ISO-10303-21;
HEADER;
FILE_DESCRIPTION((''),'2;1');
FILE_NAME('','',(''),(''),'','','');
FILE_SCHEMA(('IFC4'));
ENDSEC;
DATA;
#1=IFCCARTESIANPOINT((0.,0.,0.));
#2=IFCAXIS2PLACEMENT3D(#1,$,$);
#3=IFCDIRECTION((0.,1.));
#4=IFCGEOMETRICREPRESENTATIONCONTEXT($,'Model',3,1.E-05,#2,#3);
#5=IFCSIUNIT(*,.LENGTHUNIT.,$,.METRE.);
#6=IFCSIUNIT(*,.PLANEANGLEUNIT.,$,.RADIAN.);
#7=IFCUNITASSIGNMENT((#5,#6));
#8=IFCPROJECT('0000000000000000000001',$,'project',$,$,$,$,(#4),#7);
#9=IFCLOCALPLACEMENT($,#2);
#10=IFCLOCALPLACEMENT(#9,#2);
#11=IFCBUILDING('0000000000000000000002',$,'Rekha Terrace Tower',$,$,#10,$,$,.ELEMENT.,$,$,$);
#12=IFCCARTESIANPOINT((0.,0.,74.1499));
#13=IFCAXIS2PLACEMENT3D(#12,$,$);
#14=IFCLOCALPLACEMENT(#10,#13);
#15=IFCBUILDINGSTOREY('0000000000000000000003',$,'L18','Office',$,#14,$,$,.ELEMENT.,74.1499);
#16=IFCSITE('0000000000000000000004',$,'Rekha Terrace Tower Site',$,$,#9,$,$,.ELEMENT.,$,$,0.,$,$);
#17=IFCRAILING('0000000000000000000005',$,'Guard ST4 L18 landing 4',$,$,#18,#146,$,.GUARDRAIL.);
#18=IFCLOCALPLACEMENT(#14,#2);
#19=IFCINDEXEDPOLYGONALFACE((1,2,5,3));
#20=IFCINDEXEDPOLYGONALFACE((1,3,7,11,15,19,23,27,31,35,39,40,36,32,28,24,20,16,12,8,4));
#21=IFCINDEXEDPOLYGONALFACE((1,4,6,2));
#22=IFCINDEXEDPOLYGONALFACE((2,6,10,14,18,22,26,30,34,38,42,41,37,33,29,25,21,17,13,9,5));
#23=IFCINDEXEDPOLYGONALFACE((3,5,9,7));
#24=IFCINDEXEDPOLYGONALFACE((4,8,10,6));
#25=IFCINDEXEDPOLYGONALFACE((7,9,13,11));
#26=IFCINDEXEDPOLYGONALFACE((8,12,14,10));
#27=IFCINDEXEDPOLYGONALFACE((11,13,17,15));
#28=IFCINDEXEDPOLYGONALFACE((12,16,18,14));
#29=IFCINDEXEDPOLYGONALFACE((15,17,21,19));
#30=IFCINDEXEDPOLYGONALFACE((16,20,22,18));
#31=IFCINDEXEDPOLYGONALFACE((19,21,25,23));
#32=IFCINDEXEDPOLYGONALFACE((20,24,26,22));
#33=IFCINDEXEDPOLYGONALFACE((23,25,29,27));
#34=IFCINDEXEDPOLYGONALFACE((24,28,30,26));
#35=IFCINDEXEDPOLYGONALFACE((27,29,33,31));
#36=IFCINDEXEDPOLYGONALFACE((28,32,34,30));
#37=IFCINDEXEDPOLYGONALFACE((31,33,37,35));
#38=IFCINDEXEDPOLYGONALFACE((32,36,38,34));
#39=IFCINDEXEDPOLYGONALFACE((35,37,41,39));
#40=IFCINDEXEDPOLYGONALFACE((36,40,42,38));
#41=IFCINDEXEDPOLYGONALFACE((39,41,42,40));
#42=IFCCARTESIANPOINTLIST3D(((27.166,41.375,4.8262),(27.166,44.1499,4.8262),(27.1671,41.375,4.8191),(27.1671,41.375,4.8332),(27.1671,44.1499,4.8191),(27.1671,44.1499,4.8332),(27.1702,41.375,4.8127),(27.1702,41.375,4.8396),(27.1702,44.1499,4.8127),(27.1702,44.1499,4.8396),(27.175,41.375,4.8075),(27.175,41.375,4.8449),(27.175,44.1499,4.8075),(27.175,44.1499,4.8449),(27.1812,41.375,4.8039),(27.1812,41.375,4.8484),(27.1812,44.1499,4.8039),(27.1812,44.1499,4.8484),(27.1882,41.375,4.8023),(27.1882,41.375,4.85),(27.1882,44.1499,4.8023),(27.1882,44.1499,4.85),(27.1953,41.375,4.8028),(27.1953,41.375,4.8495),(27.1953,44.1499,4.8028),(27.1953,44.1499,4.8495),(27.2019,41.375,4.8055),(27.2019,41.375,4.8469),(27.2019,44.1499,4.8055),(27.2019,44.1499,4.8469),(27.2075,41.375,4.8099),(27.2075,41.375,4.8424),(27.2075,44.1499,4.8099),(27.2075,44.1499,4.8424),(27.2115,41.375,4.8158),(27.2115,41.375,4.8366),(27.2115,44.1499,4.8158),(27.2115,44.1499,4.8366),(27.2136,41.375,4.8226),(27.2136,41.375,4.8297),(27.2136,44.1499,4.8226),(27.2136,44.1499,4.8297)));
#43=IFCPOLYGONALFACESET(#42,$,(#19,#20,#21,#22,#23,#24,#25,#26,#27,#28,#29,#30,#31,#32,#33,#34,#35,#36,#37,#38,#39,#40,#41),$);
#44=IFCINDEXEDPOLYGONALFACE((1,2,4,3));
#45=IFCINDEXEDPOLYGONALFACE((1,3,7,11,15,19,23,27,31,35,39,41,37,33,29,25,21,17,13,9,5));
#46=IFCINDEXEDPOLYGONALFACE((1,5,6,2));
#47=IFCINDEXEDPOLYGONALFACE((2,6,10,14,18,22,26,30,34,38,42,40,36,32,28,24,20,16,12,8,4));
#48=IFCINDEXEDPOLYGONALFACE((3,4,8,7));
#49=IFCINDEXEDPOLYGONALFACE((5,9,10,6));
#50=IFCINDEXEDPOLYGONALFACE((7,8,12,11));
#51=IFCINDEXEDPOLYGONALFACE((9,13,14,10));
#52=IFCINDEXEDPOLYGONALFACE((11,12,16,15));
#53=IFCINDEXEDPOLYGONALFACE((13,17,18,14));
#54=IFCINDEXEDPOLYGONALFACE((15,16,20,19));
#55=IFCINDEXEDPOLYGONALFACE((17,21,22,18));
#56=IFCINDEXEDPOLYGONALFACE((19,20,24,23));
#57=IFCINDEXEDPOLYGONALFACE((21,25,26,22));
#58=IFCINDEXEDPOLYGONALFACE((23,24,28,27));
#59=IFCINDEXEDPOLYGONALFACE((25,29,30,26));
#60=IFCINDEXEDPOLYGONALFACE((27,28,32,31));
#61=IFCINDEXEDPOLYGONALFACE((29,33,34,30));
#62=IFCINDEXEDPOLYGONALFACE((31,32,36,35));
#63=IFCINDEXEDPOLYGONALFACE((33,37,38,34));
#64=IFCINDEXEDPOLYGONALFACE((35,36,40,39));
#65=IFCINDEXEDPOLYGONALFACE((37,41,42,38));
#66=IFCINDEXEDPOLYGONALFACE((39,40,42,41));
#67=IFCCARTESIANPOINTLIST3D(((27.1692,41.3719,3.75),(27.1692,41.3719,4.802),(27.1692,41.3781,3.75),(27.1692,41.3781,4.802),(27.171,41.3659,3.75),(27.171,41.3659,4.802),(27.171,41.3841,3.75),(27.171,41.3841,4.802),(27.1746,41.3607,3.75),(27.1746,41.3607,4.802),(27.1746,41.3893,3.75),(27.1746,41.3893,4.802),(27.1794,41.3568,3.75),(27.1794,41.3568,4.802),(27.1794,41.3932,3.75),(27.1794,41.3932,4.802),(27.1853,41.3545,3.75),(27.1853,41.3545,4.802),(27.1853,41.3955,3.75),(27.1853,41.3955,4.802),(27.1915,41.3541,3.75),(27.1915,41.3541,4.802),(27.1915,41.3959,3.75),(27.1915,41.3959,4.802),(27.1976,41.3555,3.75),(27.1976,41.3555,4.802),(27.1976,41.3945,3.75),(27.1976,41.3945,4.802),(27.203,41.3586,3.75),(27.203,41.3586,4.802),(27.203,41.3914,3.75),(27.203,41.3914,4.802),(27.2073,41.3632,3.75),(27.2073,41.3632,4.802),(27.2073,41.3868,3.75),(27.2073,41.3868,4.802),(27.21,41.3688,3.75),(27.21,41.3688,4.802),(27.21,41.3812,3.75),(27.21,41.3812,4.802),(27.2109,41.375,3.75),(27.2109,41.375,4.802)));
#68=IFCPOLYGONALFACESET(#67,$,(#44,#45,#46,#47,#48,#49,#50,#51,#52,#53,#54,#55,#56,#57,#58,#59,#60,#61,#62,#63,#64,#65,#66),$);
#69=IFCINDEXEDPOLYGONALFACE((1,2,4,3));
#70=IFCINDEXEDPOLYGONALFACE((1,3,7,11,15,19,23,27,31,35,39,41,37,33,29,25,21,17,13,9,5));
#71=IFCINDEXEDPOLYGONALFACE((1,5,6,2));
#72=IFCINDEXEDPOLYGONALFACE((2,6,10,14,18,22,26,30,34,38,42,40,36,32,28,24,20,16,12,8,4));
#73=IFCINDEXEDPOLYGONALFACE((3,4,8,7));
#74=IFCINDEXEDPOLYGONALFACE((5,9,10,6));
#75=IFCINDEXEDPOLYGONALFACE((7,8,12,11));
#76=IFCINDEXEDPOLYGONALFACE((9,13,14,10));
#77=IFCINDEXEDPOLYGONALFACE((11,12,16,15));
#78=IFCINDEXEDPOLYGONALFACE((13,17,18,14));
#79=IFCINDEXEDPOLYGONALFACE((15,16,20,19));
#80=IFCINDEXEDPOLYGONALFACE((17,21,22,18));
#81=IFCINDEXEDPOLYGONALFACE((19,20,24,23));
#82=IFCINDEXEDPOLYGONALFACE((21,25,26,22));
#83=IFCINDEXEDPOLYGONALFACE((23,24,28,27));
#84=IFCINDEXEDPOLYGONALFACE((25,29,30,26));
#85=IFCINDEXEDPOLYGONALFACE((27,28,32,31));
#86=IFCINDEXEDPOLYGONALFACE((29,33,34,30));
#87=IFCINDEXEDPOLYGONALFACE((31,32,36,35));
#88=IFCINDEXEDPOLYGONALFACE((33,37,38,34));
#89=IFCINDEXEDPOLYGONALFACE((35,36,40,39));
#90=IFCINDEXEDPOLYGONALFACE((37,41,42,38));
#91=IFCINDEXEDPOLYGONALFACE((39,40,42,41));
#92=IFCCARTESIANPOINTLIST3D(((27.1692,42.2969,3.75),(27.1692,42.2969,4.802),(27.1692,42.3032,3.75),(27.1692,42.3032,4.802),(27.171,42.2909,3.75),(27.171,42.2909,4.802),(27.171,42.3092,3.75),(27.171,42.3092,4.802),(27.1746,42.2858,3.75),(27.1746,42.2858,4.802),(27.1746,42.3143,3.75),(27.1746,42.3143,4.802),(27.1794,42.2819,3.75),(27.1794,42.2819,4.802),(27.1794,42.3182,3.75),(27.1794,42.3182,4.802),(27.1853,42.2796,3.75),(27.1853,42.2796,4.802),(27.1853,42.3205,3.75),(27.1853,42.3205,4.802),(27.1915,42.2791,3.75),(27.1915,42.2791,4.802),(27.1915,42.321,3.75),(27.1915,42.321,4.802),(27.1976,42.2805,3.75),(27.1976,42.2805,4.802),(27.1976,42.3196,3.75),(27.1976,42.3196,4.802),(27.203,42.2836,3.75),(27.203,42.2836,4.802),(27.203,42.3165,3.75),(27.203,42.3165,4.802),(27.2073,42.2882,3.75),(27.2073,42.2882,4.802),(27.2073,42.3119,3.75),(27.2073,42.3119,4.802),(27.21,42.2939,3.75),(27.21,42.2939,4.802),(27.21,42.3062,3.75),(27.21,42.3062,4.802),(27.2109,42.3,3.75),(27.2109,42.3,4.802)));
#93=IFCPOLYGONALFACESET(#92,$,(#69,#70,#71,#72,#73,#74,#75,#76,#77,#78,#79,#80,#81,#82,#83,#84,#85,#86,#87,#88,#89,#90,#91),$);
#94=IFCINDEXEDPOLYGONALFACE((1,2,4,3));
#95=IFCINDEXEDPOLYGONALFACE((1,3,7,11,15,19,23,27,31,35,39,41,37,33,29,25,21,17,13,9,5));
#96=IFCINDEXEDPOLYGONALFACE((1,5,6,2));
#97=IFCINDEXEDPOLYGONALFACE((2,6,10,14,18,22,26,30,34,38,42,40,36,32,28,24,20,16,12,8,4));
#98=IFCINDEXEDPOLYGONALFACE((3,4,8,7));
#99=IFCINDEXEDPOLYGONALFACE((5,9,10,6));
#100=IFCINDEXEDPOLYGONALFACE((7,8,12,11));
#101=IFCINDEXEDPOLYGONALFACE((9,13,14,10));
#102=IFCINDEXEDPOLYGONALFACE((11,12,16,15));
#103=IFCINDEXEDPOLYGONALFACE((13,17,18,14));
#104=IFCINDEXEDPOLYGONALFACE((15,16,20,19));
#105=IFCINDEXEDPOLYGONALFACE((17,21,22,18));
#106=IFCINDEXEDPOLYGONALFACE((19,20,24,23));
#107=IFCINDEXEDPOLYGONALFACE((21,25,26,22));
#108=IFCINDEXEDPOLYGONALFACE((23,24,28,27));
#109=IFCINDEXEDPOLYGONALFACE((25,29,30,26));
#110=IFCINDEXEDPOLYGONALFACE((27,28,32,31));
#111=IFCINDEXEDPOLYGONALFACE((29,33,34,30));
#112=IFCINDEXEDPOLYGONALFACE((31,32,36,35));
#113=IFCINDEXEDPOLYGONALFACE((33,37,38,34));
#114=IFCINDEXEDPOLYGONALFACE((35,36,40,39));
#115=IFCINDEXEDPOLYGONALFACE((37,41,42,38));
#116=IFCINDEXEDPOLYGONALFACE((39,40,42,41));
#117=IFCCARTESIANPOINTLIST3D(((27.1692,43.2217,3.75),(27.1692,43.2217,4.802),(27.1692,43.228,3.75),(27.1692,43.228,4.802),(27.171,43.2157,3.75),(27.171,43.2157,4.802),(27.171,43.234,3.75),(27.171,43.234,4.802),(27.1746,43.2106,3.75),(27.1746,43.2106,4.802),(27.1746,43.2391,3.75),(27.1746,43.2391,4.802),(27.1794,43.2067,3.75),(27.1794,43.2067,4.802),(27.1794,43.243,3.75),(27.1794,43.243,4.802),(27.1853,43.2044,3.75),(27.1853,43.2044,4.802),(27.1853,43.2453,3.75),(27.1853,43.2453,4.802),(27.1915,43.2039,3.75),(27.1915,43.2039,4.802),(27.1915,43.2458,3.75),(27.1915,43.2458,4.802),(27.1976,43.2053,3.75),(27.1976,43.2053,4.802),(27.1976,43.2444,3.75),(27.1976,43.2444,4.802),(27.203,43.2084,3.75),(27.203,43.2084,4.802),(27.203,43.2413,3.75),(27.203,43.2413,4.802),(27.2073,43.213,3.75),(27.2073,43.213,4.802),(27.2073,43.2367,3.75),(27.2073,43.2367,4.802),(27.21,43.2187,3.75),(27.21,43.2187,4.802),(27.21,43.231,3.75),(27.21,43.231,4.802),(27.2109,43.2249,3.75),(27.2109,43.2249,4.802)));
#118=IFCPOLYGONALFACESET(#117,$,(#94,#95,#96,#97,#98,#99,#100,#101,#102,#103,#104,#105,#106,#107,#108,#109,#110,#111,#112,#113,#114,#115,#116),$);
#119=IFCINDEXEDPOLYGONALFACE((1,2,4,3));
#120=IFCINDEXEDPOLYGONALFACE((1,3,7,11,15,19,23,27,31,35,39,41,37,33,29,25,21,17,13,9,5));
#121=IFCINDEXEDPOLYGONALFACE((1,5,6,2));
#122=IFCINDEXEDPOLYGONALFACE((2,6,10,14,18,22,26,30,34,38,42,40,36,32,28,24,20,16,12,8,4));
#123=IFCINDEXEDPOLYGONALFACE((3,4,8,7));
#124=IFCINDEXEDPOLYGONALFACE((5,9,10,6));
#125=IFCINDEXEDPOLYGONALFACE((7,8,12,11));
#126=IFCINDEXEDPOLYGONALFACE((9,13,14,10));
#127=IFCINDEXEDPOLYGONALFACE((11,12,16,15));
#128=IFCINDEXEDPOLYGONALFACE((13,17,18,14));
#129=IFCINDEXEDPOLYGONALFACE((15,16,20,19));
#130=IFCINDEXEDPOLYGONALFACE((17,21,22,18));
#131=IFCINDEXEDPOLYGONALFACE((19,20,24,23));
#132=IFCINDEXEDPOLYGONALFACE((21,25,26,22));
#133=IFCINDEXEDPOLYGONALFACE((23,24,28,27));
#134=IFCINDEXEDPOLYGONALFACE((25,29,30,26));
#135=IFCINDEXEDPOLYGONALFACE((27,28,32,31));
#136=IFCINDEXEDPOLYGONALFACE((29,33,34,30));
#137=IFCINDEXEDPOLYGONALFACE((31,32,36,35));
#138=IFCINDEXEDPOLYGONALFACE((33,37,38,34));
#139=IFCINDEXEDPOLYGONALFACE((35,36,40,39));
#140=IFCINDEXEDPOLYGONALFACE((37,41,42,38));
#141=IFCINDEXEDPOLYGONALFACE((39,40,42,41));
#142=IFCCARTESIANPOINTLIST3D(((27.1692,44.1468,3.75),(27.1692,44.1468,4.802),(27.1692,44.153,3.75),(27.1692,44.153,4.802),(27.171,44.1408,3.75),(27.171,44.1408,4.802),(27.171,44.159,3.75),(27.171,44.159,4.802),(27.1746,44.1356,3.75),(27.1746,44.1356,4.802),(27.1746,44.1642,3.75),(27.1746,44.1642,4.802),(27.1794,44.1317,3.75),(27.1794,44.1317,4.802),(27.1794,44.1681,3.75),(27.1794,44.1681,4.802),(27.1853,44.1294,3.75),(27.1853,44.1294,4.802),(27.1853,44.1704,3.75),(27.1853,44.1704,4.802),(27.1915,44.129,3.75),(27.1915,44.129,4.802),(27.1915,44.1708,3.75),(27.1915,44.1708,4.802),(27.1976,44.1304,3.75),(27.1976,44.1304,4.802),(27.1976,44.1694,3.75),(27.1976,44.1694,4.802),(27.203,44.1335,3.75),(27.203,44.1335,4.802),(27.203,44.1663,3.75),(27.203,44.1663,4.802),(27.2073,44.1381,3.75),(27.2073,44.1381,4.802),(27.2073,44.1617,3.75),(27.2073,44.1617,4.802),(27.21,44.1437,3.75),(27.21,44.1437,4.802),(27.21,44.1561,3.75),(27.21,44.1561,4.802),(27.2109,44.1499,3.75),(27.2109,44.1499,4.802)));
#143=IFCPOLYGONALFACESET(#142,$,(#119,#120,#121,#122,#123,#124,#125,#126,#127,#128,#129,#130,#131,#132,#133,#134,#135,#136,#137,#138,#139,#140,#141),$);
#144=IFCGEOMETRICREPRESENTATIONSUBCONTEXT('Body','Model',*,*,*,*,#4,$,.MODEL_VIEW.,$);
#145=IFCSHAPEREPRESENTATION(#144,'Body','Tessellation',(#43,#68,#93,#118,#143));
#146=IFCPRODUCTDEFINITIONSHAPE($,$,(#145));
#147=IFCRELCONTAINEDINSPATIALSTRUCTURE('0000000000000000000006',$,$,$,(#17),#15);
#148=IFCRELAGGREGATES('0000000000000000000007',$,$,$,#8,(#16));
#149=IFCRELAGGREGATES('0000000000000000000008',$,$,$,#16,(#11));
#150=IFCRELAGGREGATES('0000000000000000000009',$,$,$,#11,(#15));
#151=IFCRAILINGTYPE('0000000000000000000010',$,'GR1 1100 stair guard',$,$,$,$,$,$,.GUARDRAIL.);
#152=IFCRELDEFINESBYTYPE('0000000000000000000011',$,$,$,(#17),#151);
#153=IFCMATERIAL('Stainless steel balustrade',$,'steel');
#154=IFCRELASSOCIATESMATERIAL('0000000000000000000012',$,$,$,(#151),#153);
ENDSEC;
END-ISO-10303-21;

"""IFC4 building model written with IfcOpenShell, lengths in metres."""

from ifc_helpers import new_model, si_unit, direction, frame, origin, origin_2d, place, context, subcontext, project, spatial, circle, extrude, material, type_object, element, save


model = new_model("IFC4")

# Units and contexts
model_context = context("Model", 3, precision=1e-05, world=origin(), true_north=direction((0.0, 1.0)))
body_context = subcontext(model_context, "Body", "Model", "MODEL_VIEW")
ifc_project = project(units=[si_unit("LENGTHUNIT", "METRE"), si_unit("PLANEANGLEUNIT", "RADIAN")], contexts=[model_context])

# Site, building, storey
site_placement = place(None, origin())
site = spatial("IfcSite", under=ifc_project, at=site_placement, Name="Rekha Terrace Tower Site", CompositionType="ELEMENT", RefElevation=0.0)
building_placement = place(site_placement, origin())
building = spatial("IfcBuilding", under=site, at=building_placement, Name="Rekha Terrace Tower", CompositionType="ELEMENT")
storey_placement = place(building_placement, frame((0.0, 0.0, 74.1499)))
storey = spatial("IfcBuildingStorey", under=building, at=storey_placement, Name="L18", Description="Office", CompositionType="ELEMENT", Elevation=74.1499)

# Railing
ifc_material_1 = material(Name="Stainless steel balustrade", Category="steel")
railing_type_1 = type_object("IfcRailingType", Name="GR1 1100 stair guard", PredefinedType="GUARDRAIL", material=ifc_material_1)
railing_1_placement = place(storey_placement, frame((27.1899, 41.375, 3.75)))
element("IfcRailing", 1, at=railing_1_placement, inside=storey, type_object=railing_type_1, Name="Guard ST4 L18 landing 4", PredefinedType="GUARDRAIL", context=body_context, shape_type="SweptSolid", body=[
    extrude(circle(Radius=0.0239, at=origin_2d()), frame((0.0, 0.0, 1.0762), z_axis=(0.0, 1.0, 0.0), x_axis=(-1.0, 0.0, 0.0)), (0.0, 0.0, 1.0), 2.7749),
    extrude(circle(Radius=0.021, at=origin_2d()), origin(), (0.0, 0.0, 1.0), 1.052),
    extrude(circle(Radius=0.021, at=origin_2d()), frame((0.0, 0.925, 0.0)), (0.0, 0.0, 1.0), 1.052),
    extrude(circle(Radius=0.021, at=origin_2d()), frame((0.0, 1.8499, 0.0)), (0.0, 0.0, 1.0), 1.052),
    extrude(circle(Radius=0.021, at=origin_2d()), frame((0.0, 2.7749, 0.0)), (0.0, 0.0, 1.0), 1.052),
])

save(model, "model.ifc")
